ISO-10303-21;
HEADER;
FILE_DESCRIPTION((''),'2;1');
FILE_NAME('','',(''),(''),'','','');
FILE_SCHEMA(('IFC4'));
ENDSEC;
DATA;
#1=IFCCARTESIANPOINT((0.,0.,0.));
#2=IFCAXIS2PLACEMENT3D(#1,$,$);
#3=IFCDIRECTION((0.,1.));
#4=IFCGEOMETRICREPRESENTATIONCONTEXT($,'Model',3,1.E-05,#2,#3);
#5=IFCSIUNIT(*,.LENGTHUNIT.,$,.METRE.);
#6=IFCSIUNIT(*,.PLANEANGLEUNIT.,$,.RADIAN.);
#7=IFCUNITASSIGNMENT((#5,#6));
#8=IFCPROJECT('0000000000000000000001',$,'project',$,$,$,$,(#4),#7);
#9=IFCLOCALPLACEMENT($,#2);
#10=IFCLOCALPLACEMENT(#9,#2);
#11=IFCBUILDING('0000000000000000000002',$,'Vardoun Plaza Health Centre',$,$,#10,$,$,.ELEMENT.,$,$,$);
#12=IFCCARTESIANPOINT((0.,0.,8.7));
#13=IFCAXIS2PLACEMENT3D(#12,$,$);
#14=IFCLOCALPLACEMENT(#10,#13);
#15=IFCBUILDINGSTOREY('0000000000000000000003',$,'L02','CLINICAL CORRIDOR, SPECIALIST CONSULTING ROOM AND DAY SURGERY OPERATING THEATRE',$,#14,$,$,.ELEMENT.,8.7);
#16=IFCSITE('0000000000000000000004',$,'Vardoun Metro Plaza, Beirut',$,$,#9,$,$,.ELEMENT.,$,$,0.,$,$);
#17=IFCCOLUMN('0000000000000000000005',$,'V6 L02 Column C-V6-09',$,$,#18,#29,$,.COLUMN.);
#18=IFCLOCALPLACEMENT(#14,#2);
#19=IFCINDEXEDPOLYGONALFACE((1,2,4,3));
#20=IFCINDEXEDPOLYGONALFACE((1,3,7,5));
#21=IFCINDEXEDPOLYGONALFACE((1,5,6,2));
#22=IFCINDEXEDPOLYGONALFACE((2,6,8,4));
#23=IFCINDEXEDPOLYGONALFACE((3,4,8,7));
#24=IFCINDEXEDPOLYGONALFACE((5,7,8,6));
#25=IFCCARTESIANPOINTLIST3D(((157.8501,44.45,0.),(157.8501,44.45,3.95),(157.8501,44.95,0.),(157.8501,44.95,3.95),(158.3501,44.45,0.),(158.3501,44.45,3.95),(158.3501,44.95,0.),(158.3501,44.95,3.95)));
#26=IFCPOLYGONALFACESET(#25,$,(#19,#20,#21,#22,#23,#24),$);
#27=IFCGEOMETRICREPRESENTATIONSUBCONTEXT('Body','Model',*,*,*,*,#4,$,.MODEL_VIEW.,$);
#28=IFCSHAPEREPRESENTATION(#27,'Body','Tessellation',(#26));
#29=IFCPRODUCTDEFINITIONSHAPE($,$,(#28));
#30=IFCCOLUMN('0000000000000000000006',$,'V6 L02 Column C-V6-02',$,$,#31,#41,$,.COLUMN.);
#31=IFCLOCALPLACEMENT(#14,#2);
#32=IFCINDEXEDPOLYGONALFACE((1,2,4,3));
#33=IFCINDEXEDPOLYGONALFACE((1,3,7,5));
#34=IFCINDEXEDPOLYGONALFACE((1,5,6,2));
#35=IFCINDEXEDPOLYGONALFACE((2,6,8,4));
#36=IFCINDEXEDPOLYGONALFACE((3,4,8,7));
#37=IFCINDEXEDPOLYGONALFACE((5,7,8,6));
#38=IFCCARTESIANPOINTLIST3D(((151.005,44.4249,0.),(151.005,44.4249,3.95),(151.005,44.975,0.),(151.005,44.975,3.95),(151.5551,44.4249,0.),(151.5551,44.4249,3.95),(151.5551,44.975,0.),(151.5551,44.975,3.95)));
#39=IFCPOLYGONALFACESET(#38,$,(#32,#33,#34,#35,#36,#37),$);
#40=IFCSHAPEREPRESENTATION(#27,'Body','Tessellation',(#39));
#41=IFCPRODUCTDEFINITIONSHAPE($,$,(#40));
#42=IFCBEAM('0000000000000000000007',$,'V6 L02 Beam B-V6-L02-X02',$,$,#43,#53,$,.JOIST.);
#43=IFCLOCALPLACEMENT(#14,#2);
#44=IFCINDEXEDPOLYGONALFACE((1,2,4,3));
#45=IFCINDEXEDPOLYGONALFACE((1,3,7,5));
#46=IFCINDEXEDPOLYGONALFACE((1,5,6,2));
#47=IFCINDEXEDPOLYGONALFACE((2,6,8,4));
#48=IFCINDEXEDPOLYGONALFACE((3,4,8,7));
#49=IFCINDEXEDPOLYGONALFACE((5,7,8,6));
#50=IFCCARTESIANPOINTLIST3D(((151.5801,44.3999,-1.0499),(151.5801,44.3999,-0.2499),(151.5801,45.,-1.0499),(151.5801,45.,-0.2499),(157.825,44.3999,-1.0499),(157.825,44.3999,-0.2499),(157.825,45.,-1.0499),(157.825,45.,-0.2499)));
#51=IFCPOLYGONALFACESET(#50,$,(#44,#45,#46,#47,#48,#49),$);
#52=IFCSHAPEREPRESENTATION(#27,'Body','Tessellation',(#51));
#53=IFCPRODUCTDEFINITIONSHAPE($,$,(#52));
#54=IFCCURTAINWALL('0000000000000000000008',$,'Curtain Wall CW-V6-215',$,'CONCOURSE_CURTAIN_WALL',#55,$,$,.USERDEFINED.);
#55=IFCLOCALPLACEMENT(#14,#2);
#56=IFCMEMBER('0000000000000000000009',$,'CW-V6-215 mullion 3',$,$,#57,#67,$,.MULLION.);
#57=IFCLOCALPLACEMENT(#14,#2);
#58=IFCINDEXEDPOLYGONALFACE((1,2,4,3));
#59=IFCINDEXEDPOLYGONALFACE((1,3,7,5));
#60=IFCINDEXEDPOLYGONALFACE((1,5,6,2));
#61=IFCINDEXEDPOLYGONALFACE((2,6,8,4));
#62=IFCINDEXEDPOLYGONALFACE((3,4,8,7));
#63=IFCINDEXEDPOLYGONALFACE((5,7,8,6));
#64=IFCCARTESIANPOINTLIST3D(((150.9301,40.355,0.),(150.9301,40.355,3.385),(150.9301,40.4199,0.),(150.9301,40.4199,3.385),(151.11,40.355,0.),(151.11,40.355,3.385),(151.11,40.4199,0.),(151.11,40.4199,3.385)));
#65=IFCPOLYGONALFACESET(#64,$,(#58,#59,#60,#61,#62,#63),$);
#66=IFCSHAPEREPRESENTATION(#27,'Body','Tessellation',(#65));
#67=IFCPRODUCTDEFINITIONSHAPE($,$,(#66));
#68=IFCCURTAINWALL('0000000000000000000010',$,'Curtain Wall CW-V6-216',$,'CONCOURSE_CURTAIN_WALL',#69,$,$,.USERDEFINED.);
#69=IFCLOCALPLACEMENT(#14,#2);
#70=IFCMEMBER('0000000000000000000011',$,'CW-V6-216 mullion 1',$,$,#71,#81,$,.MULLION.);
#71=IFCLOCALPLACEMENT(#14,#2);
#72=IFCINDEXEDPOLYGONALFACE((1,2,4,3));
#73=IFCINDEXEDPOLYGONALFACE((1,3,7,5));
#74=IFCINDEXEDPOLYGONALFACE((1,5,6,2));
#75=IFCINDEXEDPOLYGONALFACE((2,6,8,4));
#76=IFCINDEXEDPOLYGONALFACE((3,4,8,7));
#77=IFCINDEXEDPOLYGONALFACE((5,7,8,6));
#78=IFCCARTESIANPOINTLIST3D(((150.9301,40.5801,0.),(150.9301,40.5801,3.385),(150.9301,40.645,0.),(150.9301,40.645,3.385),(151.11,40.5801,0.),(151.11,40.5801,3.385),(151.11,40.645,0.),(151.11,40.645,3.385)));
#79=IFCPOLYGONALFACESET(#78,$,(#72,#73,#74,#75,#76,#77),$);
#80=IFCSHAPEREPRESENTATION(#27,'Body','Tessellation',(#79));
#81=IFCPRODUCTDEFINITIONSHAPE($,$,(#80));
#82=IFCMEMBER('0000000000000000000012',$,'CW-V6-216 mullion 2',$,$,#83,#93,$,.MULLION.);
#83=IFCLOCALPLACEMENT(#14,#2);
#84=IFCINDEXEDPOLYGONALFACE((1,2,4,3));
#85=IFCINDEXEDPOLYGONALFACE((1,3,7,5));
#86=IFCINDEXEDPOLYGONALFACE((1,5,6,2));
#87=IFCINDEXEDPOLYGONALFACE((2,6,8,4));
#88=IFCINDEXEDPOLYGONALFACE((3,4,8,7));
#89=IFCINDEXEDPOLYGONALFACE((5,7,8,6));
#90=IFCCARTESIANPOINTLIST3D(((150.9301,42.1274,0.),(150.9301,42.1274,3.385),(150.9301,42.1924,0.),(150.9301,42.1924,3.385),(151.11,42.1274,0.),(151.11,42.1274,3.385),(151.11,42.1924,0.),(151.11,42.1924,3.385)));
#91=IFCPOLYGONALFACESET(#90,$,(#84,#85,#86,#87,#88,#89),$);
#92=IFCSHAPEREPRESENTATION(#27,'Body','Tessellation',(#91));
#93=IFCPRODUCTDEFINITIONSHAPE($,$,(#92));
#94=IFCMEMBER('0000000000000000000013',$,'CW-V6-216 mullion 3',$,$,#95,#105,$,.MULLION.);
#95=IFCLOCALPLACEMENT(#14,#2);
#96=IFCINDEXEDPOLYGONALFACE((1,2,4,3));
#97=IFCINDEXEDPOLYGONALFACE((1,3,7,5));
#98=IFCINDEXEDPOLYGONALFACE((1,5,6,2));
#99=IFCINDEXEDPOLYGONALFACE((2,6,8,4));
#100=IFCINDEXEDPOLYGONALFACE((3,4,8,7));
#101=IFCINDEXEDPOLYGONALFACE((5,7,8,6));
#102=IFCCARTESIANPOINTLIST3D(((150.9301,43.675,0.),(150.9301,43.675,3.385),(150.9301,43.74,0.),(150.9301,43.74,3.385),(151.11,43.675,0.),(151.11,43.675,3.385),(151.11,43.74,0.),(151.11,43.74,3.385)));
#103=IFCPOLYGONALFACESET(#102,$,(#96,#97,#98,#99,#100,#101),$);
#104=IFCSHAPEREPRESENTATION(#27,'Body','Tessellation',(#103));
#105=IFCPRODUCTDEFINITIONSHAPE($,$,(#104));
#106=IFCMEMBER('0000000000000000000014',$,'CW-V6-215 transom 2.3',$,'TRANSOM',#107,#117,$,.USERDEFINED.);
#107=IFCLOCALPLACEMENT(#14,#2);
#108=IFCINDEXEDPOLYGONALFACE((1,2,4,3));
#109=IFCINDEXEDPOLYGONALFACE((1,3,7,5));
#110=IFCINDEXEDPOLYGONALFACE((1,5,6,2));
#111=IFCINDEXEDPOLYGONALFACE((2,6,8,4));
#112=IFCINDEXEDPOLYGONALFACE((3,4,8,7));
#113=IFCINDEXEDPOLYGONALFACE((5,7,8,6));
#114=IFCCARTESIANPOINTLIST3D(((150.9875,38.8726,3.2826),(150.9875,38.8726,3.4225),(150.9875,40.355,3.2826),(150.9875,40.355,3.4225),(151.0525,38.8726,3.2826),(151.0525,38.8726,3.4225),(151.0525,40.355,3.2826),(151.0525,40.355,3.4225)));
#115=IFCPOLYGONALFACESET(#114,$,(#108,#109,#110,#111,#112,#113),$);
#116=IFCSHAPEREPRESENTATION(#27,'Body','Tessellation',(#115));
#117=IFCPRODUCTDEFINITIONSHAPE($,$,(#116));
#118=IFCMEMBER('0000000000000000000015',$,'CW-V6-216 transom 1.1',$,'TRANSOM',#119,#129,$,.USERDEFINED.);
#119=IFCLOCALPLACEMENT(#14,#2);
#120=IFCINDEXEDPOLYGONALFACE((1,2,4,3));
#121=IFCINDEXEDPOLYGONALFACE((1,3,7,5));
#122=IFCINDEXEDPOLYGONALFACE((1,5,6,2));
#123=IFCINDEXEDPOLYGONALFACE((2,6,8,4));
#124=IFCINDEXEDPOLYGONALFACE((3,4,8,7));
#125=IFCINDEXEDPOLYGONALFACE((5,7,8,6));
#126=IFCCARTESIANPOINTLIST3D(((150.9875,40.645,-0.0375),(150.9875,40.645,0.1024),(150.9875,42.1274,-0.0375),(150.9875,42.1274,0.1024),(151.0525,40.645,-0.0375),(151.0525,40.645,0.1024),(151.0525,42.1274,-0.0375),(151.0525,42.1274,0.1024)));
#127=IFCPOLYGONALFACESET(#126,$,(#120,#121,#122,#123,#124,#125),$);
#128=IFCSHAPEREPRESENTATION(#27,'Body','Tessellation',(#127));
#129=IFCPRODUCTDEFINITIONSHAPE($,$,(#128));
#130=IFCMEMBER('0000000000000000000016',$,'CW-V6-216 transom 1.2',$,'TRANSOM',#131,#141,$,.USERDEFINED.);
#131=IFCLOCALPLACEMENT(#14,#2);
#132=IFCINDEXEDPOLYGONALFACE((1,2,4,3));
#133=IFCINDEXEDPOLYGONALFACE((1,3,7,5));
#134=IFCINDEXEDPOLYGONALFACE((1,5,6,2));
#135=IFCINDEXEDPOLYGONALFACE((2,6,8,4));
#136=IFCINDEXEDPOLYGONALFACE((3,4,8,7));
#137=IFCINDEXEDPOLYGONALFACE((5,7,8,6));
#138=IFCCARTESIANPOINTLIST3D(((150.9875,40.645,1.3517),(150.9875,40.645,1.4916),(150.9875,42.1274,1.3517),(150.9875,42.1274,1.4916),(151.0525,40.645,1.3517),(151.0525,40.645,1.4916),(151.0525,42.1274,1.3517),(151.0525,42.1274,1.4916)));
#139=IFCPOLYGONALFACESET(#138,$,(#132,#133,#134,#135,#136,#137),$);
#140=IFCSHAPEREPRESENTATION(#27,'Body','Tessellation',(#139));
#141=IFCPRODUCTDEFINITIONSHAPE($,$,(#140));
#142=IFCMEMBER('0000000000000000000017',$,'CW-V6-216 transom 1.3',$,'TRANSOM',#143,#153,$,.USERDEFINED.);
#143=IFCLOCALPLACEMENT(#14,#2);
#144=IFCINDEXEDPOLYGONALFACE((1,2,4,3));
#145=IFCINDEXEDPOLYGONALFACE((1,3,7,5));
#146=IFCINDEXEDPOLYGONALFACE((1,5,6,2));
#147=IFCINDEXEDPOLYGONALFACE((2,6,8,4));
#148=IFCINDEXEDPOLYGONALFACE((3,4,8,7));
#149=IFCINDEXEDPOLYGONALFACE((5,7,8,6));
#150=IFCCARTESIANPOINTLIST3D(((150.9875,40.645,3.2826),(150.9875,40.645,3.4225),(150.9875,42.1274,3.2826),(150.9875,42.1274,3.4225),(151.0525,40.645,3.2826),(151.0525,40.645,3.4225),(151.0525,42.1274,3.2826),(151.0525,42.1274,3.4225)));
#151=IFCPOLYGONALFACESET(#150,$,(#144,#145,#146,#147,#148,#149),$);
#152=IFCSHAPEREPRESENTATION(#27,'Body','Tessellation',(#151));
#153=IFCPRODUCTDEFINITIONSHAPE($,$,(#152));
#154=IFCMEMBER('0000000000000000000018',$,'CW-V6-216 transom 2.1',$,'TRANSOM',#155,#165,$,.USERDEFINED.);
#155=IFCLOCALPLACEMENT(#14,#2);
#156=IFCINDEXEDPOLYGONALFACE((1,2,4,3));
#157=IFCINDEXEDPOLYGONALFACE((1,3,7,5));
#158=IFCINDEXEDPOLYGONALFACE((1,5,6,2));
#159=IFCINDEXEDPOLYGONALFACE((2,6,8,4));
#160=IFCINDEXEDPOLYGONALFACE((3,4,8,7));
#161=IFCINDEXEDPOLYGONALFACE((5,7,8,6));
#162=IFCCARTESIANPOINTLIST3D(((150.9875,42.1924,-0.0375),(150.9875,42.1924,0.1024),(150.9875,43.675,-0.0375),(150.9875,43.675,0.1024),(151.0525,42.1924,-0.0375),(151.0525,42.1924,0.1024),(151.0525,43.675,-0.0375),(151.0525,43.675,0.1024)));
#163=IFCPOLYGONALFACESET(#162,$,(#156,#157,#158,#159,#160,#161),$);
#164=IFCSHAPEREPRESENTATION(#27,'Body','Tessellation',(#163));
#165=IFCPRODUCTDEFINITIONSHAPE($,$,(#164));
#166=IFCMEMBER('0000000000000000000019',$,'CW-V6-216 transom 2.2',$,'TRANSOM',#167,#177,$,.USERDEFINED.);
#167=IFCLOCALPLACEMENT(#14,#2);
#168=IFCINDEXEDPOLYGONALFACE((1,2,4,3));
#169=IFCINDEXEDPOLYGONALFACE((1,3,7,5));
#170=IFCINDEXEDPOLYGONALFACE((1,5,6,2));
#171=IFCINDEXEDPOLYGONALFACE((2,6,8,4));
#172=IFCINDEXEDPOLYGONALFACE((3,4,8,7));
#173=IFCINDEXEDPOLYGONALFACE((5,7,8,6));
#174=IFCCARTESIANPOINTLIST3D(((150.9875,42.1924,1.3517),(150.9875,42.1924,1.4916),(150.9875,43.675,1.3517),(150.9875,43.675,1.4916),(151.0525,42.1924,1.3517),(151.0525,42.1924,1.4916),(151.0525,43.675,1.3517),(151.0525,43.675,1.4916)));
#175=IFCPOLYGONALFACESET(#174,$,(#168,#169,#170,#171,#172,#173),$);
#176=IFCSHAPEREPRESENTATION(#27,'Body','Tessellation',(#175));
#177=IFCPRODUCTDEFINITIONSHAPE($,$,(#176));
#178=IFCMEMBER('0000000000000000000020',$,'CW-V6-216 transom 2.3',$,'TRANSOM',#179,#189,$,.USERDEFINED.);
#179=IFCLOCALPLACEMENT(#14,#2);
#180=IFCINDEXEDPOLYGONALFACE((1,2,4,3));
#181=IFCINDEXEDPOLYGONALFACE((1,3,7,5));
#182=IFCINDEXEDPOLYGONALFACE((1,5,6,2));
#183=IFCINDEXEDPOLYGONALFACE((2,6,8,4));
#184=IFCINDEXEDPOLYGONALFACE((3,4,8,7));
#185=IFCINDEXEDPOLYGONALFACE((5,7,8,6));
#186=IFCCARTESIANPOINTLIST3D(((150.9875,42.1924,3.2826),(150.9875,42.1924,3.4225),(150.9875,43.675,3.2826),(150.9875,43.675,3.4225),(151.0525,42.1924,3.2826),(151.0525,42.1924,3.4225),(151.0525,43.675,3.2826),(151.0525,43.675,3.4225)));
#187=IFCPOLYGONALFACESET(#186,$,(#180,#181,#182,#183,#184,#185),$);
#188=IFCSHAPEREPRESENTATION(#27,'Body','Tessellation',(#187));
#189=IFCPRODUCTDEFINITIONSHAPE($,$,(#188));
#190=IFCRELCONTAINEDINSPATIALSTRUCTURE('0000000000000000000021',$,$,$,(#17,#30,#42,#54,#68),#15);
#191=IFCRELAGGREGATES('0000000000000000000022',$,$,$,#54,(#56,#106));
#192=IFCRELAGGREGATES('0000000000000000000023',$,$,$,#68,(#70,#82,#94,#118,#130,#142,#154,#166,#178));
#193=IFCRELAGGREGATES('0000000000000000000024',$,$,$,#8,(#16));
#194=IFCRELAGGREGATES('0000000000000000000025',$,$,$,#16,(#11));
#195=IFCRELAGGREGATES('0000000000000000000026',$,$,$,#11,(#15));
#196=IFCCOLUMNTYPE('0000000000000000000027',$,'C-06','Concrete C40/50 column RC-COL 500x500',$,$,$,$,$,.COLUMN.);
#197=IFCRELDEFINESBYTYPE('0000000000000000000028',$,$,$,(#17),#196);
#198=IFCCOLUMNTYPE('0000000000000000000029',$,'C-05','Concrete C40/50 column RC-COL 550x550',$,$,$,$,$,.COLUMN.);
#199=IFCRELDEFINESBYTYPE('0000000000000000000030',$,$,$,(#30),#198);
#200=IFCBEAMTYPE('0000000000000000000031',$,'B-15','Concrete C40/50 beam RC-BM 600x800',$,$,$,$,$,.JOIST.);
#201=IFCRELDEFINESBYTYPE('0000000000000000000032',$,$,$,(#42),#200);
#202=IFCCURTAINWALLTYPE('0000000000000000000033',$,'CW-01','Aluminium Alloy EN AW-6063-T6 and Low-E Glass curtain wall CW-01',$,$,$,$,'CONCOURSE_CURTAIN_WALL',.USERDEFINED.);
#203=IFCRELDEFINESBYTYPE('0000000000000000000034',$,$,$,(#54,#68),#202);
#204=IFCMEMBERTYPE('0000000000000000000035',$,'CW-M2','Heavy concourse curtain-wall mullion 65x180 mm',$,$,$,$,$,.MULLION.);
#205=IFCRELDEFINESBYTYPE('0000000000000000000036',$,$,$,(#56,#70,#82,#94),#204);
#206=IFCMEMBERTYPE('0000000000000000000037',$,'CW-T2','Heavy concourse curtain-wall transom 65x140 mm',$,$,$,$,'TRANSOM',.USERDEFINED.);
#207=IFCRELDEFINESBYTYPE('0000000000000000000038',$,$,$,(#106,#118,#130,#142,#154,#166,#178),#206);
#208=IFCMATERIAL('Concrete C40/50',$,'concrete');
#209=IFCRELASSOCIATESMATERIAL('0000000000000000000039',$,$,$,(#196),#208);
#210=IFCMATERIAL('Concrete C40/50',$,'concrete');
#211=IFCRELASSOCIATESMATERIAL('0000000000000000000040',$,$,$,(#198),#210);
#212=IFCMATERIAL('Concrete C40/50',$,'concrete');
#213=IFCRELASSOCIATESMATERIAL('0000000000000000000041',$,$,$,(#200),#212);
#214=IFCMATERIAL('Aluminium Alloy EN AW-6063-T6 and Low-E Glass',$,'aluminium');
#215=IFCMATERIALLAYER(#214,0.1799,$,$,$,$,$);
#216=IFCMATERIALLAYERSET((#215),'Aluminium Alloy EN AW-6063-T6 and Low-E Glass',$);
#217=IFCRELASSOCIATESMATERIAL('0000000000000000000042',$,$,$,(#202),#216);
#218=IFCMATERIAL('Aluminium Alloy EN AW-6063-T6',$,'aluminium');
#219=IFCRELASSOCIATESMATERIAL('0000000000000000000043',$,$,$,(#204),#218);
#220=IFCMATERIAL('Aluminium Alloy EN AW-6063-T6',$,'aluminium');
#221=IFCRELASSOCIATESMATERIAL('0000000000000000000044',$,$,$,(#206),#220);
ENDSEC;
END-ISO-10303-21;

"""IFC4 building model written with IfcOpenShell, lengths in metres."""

from ifc_helpers import new_model, si_unit, direction, frame, origin, origin_2d, place, context, subcontext, project, spatial, rectangle, extrude, material, layer, layer_set, material_profile, profile_set, type_object, element, aggregate, save


model = new_model("IFC4")

# Units and contexts
model_context = context("Model", 3, precision=1e-05, world=origin(), true_north=direction((0.0, 1.0)))
body_context = subcontext(model_context, "Body", "Model", "MODEL_VIEW")
ifc_project = project(units=[si_unit("LENGTHUNIT", "METRE"), si_unit("PLANEANGLEUNIT", "RADIAN")], contexts=[model_context])

# Site, building, storey
site_placement = place(None, origin())
site = spatial("IfcSite", under=ifc_project, at=site_placement, Name="Vardoun Metro Plaza, Beirut", CompositionType="ELEMENT", RefElevation=0.0)
building_placement = place(site_placement, origin())
building = spatial("IfcBuilding", under=site, at=building_placement, Name="Vardoun Plaza Health Centre", CompositionType="ELEMENT")
storey_placement = place(building_placement, frame((0.0, 0.0, 8.7)))
storey = spatial("IfcBuildingStorey", under=building, at=storey_placement, Name="L02", Description="CLINICAL CORRIDOR, SPECIALIST CONSULTING ROOM AND DAY SURGERY OPERATING THEATRE", CompositionType="ELEMENT", Elevation=8.7)

# Columns
ifc_material_1 = material(Name="Concrete C40/50", Category="concrete")
ifc_material_profile_1 = material_profile(ifc_material_1, rectangle(XDim=0.5, YDim=0.5, at=origin_2d()), Name="RC-COL 500x500")
ifc_profile_set_1 = profile_set([ifc_material_profile_1], Name="Concrete C40/50")
column_type_1 = type_object("IfcColumnType", Name="C-06", Description="Concrete C40/50 column RC-COL 500x500", PredefinedType="COLUMN", material=ifc_profile_set_1)
column_1_placement = place(storey_placement, frame((158.1001, 44.7, 0.0), z_axis=(0.0, 0.0, 1.0), x_axis=(1.0, 0.0, 0.0)))
element("IfcColumn", 1, at=column_1_placement, inside=storey, type_object=column_type_1, Name="V6 L02 Column C-V6-09", PredefinedType="COLUMN", context=body_context, shape_type="SweptSolid", body=[
    extrude(rectangle(XDim=0.5, YDim=0.5, at=origin_2d()), origin(), (0.0, 0.0, 1.0), 3.95),
])
ifc_material_2 = material(Name="Concrete C40/50", Category="concrete")
ifc_material_profile_2 = material_profile(ifc_material_2, rectangle(XDim=0.55, YDim=0.55, at=origin_2d()), Name="RC-COL 550x550")
ifc_profile_set_2 = profile_set([ifc_material_profile_2], Name="Concrete C40/50")
column_type_2 = type_object("IfcColumnType", Name="C-05", Description="Concrete C40/50 column RC-COL 550x550", PredefinedType="COLUMN", material=ifc_profile_set_2)
column_2_placement = place(storey_placement, frame((151.28, 44.7, 0.0), z_axis=(0.0, 0.0, 1.0), x_axis=(1.0, 0.0, 0.0)))
element("IfcColumn", 2, at=column_2_placement, inside=storey, type_object=column_type_2, Name="V6 L02 Column C-V6-02", PredefinedType="COLUMN", context=body_context, shape_type="SweptSolid", body=[
    extrude(rectangle(XDim=0.55, YDim=0.55, at=origin_2d()), origin(), (0.0, 0.0, 1.0), 3.95),
])

# Beam
ifc_material_3 = material(Name="Concrete C40/50", Category="concrete")
ifc_material_profile_3 = material_profile(ifc_material_3, rectangle(XDim=0.6001, YDim=0.8, at=origin_2d()), Name="RC-BM 600x800")
ifc_profile_set_3 = profile_set([ifc_material_profile_3], Name="Concrete C40/50")
beam_type = type_object("IfcBeamType", Name="B-15", Description="Concrete C40/50 beam RC-BM 600x800", PredefinedType="JOIST", material=ifc_profile_set_3)
beam_placement = place(storey_placement, frame((151.5801, 44.7, -0.6499), z_axis=(1.0, 0.0, 0.0), x_axis=(0.0, 1.0, 0.0)))
element("IfcBeam", 3, at=beam_placement, inside=storey, type_object=beam_type, Name="V6 L02 Beam B-V6-L02-X02", PredefinedType="JOIST", context=body_context, shape_type="SweptSolid", body=[
    extrude(rectangle(XDim=0.6001, YDim=0.8, at=origin_2d()), origin(), (0.0, 0.0, 1.0), 6.2449),
])

# Curtain wall, member
ifc_material_4 = material(Name="Aluminium Alloy EN AW-6063-T6 and Low-E Glass", Category="aluminium")
ifc_layer_1 = layer(ifc_material_4, 0.1799)
ifc_layer_set_1 = layer_set([ifc_layer_1], Name="Aluminium Alloy EN AW-6063-T6 and Low-E Glass")
curtain_wall_type = type_object("IfcCurtainWallType", Name="CW-01", Description="Aluminium Alloy EN AW-6063-T6 and Low-E Glass curtain wall CW-01", ElementType="CONCOURSE_CURTAIN_WALL", PredefinedType="USERDEFINED", material=ifc_layer_set_1)
curtain_wall_1_placement = place(storey_placement, origin())
curtain_wall_1 = element("IfcCurtainWall", 4, at=curtain_wall_1_placement, inside=storey, type_object=curtain_wall_type, Name="Curtain Wall CW-V6-215", ObjectType="CONCOURSE_CURTAIN_WALL", PredefinedType="USERDEFINED")
ifc_material_5 = material(Name="Aluminium Alloy EN AW-6063-T6", Category="aluminium")
ifc_material_profile_4 = material_profile(ifc_material_5, rectangle(XDim=0.1799, YDim=0.0649, at=origin_2d()), Name="CWM 65x180")
ifc_profile_set_4 = profile_set([ifc_material_profile_4], Name="Aluminium Alloy EN AW-6063-T6")
member_type_1 = type_object("IfcMemberType", Name="CW-M2", Description="Heavy concourse curtain-wall mullion 65x180 mm", PredefinedType="MULLION", material=ifc_profile_set_4)
member_1_placement = place(storey_placement, frame((151.02, 40.3875, 0.0), z_axis=(0.0, 0.0, 1.0), x_axis=(-1.0, 0.0, 0.0)))
member_1 = element("IfcMember", 5, at=member_1_placement, type_object=member_type_1, Name="CW-V6-215 mullion 3", PredefinedType="MULLION", context=body_context, shape_type="SweptSolid", body=[
    extrude(rectangle(XDim=0.1799, YDim=0.0649, at=origin_2d()), origin(), (0.0, 0.0, 1.0), 3.385),
])

# Curtain wall, members
curtain_wall_2_placement = place(storey_placement, origin())
curtain_wall_2 = element("IfcCurtainWall", 6, at=curtain_wall_2_placement, inside=storey, type_object=curtain_wall_type, Name="Curtain Wall CW-V6-216", ObjectType="CONCOURSE_CURTAIN_WALL", PredefinedType="USERDEFINED")
member_2_placement = place(storey_placement, frame((151.02, 40.6125, 0.0), z_axis=(0.0, 0.0, 1.0), x_axis=(-1.0, 0.0, 0.0)))
member_2 = element("IfcMember", 7, at=member_2_placement, type_object=member_type_1, Name="CW-V6-216 mullion 1", PredefinedType="MULLION", context=body_context, shape_type="SweptSolid", body=[
    extrude(rectangle(XDim=0.1799, YDim=0.0649, at=origin_2d()), origin(), (0.0, 0.0, 1.0), 3.385),
])
member_3_placement = place(storey_placement, frame((151.02, 42.1599, 0.0), z_axis=(0.0, 0.0, 1.0), x_axis=(-1.0, 0.0, 0.0)))
member_3 = element("IfcMember", 8, at=member_3_placement, type_object=member_type_1, Name="CW-V6-216 mullion 2", PredefinedType="MULLION", context=body_context, shape_type="SweptSolid", body=[
    extrude(rectangle(XDim=0.1799, YDim=0.0649, at=origin_2d()), origin(), (0.0, 0.0, 1.0), 3.385),
])
member_4_placement = place(storey_placement, frame((151.02, 43.7075, 0.0), z_axis=(0.0, 0.0, 1.0), x_axis=(-1.0, 0.0, 0.0)))
member_4 = element("IfcMember", 9, at=member_4_placement, type_object=member_type_1, Name="CW-V6-216 mullion 3", PredefinedType="MULLION", context=body_context, shape_type="SweptSolid", body=[
    extrude(rectangle(XDim=0.1799, YDim=0.0649, at=origin_2d()), origin(), (0.0, 0.0, 1.0), 3.385),
])

# Members
ifc_material_6 = material(Name="Aluminium Alloy EN AW-6063-T6", Category="aluminium")
ifc_material_profile_5 = material_profile(ifc_material_6, rectangle(XDim=0.0649, YDim=0.1399, at=origin_2d()), Name="CWT 65x140")
ifc_profile_set_5 = profile_set([ifc_material_profile_5], Name="Aluminium Alloy EN AW-6063-T6")
member_type_2 = type_object("IfcMemberType", Name="CW-T2", Description="Heavy concourse curtain-wall transom 65x140 mm", ElementType="TRANSOM", PredefinedType="USERDEFINED", material=ifc_profile_set_5)
member_5_placement = place(storey_placement, frame((151.02, 38.8726, 3.3525), z_axis=(0.0, 1.0, 0.0), x_axis=(-1.0, 0.0, 0.0)))
member_5 = element("IfcMember", 10, at=member_5_placement, type_object=member_type_2, Name="CW-V6-215 transom 2.3", ObjectType="TRANSOM", PredefinedType="USERDEFINED", context=body_context, shape_type="SweptSolid", body=[
    extrude(rectangle(XDim=0.0649, YDim=0.1399, at=origin_2d()), origin(), (0.0, 0.0, 1.0), 1.4824),
])
member_6_placement = place(storey_placement, frame((151.02, 40.645, 0.0325), z_axis=(0.0, 1.0, 0.0), x_axis=(-1.0, 0.0, 0.0)))
member_6 = element("IfcMember", 11, at=member_6_placement, type_object=member_type_2, Name="CW-V6-216 transom 1.1", ObjectType="TRANSOM", PredefinedType="USERDEFINED", context=body_context, shape_type="SweptSolid", body=[
    extrude(rectangle(XDim=0.0649, YDim=0.1399, at=origin_2d()), origin(), (0.0, 0.0, 1.0), 1.4824),
])
member_7_placement = place(storey_placement, frame((151.02, 40.645, 1.4216), z_axis=(0.0, 1.0, 0.0), x_axis=(-1.0, 0.0, 0.0)))
member_7 = element("IfcMember", 12, at=member_7_placement, type_object=member_type_2, Name="CW-V6-216 transom 1.2", ObjectType="TRANSOM", PredefinedType="USERDEFINED", context=body_context, shape_type="SweptSolid", body=[
    extrude(rectangle(XDim=0.0649, YDim=0.1399, at=origin_2d()), origin(), (0.0, 0.0, 1.0), 1.4824),
])
member_8_placement = place(storey_placement, frame((151.02, 40.645, 3.3525), z_axis=(0.0, 1.0, 0.0), x_axis=(-1.0, 0.0, 0.0)))
member_8 = element("IfcMember", 13, at=member_8_placement, type_object=member_type_2, Name="CW-V6-216 transom 1.3", ObjectType="TRANSOM", PredefinedType="USERDEFINED", context=body_context, shape_type="SweptSolid", body=[
    extrude(rectangle(XDim=0.0649, YDim=0.1399, at=origin_2d()), origin(), (0.0, 0.0, 1.0), 1.4824),
])
member_9_placement = place(storey_placement, frame((151.02, 42.1924, 0.0325), z_axis=(0.0, 1.0, 0.0), x_axis=(-1.0, 0.0, 0.0)))
member_9 = element("IfcMember", 14, at=member_9_placement, type_object=member_type_2, Name="CW-V6-216 transom 2.1", ObjectType="TRANSOM", PredefinedType="USERDEFINED", context=body_context, shape_type="SweptSolid", body=[
    extrude(rectangle(XDim=0.0649, YDim=0.1399, at=origin_2d()), origin(), (0.0, 0.0, 1.0), 1.4827),
])
member_10_placement = place(storey_placement, frame((151.02, 42.1924, 1.4216), z_axis=(0.0, 1.0, 0.0), x_axis=(-1.0, 0.0, 0.0)))
member_10 = element("IfcMember", 15, at=member_10_placement, type_object=member_type_2, Name="CW-V6-216 transom 2.2", ObjectType="TRANSOM", PredefinedType="USERDEFINED", context=body_context, shape_type="SweptSolid", body=[
    extrude(rectangle(XDim=0.0649, YDim=0.1399, at=origin_2d()), origin(), (0.0, 0.0, 1.0), 1.4827),
])
member_11_placement = place(storey_placement, frame((151.02, 42.1924, 3.3525), z_axis=(0.0, 1.0, 0.0), x_axis=(-1.0, 0.0, 0.0)))
member_11 = element("IfcMember", 16, at=member_11_placement, type_object=member_type_2, Name="CW-V6-216 transom 2.3", ObjectType="TRANSOM", PredefinedType="USERDEFINED", context=body_context, shape_type="SweptSolid", body=[
    extrude(rectangle(XDim=0.0649, YDim=0.1399, at=origin_2d()), origin(), (0.0, 0.0, 1.0), 1.4827),
])

aggregate(curtain_wall_1, [member_1, member_5])
aggregate(curtain_wall_2, [member_2, member_3, member_4, member_6, member_7, member_8, member_9, member_10, member_11])

save(model, "model.ifc")
